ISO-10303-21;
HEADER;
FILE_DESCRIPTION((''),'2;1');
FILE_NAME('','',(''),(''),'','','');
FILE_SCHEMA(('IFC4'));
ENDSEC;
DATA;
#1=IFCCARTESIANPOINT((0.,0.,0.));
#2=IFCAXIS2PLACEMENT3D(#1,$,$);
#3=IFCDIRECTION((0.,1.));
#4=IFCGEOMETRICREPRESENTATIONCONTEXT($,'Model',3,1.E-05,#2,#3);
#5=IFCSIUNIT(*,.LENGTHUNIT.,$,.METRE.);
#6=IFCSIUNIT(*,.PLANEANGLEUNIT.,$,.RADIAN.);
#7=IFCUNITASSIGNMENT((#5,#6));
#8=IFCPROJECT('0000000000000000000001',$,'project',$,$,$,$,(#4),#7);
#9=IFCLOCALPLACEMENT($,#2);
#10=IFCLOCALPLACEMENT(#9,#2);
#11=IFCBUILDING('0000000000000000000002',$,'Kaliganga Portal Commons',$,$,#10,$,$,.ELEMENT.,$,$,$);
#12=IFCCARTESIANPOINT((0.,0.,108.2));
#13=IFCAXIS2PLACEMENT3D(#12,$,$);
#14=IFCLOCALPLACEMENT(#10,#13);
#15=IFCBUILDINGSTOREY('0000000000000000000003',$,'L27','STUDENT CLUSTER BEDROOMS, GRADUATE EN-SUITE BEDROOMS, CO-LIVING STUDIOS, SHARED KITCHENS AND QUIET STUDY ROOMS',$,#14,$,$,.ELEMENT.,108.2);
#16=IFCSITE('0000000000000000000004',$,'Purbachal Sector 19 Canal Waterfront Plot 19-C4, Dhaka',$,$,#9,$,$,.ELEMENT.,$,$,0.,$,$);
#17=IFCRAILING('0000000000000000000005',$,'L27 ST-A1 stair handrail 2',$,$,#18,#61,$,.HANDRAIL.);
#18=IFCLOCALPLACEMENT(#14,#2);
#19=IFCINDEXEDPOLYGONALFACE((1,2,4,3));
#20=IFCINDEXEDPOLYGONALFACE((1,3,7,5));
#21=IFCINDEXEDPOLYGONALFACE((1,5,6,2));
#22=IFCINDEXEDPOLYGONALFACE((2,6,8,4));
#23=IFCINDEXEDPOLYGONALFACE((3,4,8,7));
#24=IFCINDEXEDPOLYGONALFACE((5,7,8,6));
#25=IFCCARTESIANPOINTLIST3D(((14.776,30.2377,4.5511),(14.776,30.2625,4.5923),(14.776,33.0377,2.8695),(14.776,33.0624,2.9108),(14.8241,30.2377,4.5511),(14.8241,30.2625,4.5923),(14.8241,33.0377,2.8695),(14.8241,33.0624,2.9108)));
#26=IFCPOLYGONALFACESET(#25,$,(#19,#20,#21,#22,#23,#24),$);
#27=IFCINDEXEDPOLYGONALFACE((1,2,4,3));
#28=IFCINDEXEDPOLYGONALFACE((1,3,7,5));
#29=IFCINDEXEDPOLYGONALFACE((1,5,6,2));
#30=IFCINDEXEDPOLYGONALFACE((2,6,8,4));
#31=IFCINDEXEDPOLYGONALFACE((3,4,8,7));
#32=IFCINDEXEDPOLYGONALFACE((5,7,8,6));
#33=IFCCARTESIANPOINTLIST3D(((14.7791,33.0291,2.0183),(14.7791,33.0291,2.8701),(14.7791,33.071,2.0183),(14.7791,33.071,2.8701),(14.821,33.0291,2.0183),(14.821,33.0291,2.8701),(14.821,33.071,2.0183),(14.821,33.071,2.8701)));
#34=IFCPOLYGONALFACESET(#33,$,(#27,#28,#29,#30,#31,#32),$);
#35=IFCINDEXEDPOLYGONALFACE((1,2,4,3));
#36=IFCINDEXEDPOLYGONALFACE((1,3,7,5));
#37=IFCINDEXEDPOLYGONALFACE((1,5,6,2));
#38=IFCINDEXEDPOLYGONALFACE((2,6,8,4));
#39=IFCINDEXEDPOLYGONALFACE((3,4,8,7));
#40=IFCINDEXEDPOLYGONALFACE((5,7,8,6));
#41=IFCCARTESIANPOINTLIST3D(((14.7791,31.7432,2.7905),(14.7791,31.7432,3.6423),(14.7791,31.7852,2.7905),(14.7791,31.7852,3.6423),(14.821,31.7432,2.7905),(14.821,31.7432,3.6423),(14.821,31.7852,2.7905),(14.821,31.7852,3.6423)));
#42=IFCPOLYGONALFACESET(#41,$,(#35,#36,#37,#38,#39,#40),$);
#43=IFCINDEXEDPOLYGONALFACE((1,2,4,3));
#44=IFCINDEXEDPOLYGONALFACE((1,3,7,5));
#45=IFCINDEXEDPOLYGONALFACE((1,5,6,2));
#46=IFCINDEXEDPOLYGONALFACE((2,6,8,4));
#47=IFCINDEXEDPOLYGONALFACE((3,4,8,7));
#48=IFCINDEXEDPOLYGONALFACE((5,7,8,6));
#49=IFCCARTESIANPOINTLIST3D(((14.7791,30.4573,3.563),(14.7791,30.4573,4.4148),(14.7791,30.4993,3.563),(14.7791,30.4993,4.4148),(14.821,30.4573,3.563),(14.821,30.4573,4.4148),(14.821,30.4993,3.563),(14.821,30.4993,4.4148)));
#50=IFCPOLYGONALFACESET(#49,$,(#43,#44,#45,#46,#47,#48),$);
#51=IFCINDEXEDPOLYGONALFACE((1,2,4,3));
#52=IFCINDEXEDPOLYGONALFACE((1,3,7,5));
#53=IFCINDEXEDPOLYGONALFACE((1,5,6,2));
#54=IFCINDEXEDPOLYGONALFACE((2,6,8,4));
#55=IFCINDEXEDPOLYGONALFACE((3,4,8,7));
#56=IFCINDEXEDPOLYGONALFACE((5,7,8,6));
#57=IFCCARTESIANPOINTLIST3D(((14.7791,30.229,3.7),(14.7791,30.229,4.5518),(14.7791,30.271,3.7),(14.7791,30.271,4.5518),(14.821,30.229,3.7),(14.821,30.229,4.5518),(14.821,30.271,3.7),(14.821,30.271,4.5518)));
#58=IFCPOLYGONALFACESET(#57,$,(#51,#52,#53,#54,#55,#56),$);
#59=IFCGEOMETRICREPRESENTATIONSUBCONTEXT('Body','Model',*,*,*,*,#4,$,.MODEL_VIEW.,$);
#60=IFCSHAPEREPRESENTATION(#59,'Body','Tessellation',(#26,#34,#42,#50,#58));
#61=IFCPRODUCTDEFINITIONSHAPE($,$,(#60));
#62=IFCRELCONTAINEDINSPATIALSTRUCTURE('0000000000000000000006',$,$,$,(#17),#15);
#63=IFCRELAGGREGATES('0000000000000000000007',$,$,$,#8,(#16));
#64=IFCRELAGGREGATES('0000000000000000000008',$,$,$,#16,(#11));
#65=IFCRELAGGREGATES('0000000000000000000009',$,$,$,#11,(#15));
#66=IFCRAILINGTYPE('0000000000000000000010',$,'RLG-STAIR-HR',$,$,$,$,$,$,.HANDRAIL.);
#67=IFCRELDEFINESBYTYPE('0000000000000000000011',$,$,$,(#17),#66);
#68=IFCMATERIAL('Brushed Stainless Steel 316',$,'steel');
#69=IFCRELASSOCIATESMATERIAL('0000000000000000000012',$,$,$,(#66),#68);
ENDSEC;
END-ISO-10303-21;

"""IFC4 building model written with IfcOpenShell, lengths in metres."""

from ifc_helpers import new_model, si_unit, direction, frame, origin, origin_2d, place, context, subcontext, project, spatial, rectangle, extrude, material, type_object, element, save


model = new_model("IFC4")

# Units and contexts
model_context = context("Model", 3, precision=1e-05, world=origin(), true_north=direction((0.0, 1.0)))
body_context = subcontext(model_context, "Body", "Model", "MODEL_VIEW")
ifc_project = project(units=[si_unit("LENGTHUNIT", "METRE"), si_unit("PLANEANGLEUNIT", "RADIAN")], contexts=[model_context])

# Site, building, storey
site_placement = place(None, origin())
site = spatial("IfcSite", under=ifc_project, at=site_placement, Name="Purbachal Sector 19 Canal Waterfront Plot 19-C4, Dhaka", CompositionType="ELEMENT", RefElevation=0.0)
building_placement = place(site_placement, origin())
building = spatial("IfcBuilding", under=site, at=building_placement, Name="Kaliganga Portal Commons", CompositionType="ELEMENT")
storey_placement = place(building_placement, frame((0.0, 0.0, 108.2)))
storey = spatial("IfcBuildingStorey", under=building, at=storey_placement, Name="L27", Description="STUDENT CLUSTER BEDROOMS, GRADUATE EN-SUITE BEDROOMS, CO-LIVING STUDIOS, SHARED KITCHENS AND QUIET STUDY ROOMS", CompositionType="ELEMENT", Elevation=108.2)

# Railing
ifc_material_1 = material(Name="Brushed Stainless Steel 316", Category="steel")
railing_type_1 = type_object("IfcRailingType", Name="RLG-STAIR-HR", PredefinedType="HANDRAIL", material=ifc_material_1)
railing_1_placement = place(storey_placement, frame((14.8, 33.05, 2.0183)))
element("IfcRailing", 1, at=railing_1_placement, inside=storey, type_object=railing_type_1, Name="L27 ST-A1 stair handrail 2", PredefinedType="HANDRAIL", context=body_context, shape_type="SweptSolid", body=[
    extrude(rectangle(XDim=0.0481, YDim=0.0481, at=origin_2d()), frame((0.0, 0.0, 0.8718), z_axis=(0.0, -0.857275, 0.514858), x_axis=(1.0, 0.0, 0.0)), (0.0, 0.0, 1.0), 3.2661),
    extrude(rectangle(XDim=0.042, YDim=0.042, at=origin_2d()), origin(), (0.0, 0.0, 1.0), 0.8518),
    extrude(rectangle(XDim=0.042, YDim=0.042, at=origin_2d()), frame((0.0, -1.2859, 0.7722)), (0.0, 0.0, 1.0), 0.8518),
    extrude(rectangle(XDim=0.042, YDim=0.042, at=origin_2d()), frame((0.0, -2.5718, 1.5447)), (0.0, 0.0, 1.0), 0.8518),
    extrude(rectangle(XDim=0.042, YDim=0.042, at=origin_2d()), frame((0.0, -2.8, 1.6816)), (0.0, 0.0, 1.0), 0.8518),
])

save(model, "model.ifc")
